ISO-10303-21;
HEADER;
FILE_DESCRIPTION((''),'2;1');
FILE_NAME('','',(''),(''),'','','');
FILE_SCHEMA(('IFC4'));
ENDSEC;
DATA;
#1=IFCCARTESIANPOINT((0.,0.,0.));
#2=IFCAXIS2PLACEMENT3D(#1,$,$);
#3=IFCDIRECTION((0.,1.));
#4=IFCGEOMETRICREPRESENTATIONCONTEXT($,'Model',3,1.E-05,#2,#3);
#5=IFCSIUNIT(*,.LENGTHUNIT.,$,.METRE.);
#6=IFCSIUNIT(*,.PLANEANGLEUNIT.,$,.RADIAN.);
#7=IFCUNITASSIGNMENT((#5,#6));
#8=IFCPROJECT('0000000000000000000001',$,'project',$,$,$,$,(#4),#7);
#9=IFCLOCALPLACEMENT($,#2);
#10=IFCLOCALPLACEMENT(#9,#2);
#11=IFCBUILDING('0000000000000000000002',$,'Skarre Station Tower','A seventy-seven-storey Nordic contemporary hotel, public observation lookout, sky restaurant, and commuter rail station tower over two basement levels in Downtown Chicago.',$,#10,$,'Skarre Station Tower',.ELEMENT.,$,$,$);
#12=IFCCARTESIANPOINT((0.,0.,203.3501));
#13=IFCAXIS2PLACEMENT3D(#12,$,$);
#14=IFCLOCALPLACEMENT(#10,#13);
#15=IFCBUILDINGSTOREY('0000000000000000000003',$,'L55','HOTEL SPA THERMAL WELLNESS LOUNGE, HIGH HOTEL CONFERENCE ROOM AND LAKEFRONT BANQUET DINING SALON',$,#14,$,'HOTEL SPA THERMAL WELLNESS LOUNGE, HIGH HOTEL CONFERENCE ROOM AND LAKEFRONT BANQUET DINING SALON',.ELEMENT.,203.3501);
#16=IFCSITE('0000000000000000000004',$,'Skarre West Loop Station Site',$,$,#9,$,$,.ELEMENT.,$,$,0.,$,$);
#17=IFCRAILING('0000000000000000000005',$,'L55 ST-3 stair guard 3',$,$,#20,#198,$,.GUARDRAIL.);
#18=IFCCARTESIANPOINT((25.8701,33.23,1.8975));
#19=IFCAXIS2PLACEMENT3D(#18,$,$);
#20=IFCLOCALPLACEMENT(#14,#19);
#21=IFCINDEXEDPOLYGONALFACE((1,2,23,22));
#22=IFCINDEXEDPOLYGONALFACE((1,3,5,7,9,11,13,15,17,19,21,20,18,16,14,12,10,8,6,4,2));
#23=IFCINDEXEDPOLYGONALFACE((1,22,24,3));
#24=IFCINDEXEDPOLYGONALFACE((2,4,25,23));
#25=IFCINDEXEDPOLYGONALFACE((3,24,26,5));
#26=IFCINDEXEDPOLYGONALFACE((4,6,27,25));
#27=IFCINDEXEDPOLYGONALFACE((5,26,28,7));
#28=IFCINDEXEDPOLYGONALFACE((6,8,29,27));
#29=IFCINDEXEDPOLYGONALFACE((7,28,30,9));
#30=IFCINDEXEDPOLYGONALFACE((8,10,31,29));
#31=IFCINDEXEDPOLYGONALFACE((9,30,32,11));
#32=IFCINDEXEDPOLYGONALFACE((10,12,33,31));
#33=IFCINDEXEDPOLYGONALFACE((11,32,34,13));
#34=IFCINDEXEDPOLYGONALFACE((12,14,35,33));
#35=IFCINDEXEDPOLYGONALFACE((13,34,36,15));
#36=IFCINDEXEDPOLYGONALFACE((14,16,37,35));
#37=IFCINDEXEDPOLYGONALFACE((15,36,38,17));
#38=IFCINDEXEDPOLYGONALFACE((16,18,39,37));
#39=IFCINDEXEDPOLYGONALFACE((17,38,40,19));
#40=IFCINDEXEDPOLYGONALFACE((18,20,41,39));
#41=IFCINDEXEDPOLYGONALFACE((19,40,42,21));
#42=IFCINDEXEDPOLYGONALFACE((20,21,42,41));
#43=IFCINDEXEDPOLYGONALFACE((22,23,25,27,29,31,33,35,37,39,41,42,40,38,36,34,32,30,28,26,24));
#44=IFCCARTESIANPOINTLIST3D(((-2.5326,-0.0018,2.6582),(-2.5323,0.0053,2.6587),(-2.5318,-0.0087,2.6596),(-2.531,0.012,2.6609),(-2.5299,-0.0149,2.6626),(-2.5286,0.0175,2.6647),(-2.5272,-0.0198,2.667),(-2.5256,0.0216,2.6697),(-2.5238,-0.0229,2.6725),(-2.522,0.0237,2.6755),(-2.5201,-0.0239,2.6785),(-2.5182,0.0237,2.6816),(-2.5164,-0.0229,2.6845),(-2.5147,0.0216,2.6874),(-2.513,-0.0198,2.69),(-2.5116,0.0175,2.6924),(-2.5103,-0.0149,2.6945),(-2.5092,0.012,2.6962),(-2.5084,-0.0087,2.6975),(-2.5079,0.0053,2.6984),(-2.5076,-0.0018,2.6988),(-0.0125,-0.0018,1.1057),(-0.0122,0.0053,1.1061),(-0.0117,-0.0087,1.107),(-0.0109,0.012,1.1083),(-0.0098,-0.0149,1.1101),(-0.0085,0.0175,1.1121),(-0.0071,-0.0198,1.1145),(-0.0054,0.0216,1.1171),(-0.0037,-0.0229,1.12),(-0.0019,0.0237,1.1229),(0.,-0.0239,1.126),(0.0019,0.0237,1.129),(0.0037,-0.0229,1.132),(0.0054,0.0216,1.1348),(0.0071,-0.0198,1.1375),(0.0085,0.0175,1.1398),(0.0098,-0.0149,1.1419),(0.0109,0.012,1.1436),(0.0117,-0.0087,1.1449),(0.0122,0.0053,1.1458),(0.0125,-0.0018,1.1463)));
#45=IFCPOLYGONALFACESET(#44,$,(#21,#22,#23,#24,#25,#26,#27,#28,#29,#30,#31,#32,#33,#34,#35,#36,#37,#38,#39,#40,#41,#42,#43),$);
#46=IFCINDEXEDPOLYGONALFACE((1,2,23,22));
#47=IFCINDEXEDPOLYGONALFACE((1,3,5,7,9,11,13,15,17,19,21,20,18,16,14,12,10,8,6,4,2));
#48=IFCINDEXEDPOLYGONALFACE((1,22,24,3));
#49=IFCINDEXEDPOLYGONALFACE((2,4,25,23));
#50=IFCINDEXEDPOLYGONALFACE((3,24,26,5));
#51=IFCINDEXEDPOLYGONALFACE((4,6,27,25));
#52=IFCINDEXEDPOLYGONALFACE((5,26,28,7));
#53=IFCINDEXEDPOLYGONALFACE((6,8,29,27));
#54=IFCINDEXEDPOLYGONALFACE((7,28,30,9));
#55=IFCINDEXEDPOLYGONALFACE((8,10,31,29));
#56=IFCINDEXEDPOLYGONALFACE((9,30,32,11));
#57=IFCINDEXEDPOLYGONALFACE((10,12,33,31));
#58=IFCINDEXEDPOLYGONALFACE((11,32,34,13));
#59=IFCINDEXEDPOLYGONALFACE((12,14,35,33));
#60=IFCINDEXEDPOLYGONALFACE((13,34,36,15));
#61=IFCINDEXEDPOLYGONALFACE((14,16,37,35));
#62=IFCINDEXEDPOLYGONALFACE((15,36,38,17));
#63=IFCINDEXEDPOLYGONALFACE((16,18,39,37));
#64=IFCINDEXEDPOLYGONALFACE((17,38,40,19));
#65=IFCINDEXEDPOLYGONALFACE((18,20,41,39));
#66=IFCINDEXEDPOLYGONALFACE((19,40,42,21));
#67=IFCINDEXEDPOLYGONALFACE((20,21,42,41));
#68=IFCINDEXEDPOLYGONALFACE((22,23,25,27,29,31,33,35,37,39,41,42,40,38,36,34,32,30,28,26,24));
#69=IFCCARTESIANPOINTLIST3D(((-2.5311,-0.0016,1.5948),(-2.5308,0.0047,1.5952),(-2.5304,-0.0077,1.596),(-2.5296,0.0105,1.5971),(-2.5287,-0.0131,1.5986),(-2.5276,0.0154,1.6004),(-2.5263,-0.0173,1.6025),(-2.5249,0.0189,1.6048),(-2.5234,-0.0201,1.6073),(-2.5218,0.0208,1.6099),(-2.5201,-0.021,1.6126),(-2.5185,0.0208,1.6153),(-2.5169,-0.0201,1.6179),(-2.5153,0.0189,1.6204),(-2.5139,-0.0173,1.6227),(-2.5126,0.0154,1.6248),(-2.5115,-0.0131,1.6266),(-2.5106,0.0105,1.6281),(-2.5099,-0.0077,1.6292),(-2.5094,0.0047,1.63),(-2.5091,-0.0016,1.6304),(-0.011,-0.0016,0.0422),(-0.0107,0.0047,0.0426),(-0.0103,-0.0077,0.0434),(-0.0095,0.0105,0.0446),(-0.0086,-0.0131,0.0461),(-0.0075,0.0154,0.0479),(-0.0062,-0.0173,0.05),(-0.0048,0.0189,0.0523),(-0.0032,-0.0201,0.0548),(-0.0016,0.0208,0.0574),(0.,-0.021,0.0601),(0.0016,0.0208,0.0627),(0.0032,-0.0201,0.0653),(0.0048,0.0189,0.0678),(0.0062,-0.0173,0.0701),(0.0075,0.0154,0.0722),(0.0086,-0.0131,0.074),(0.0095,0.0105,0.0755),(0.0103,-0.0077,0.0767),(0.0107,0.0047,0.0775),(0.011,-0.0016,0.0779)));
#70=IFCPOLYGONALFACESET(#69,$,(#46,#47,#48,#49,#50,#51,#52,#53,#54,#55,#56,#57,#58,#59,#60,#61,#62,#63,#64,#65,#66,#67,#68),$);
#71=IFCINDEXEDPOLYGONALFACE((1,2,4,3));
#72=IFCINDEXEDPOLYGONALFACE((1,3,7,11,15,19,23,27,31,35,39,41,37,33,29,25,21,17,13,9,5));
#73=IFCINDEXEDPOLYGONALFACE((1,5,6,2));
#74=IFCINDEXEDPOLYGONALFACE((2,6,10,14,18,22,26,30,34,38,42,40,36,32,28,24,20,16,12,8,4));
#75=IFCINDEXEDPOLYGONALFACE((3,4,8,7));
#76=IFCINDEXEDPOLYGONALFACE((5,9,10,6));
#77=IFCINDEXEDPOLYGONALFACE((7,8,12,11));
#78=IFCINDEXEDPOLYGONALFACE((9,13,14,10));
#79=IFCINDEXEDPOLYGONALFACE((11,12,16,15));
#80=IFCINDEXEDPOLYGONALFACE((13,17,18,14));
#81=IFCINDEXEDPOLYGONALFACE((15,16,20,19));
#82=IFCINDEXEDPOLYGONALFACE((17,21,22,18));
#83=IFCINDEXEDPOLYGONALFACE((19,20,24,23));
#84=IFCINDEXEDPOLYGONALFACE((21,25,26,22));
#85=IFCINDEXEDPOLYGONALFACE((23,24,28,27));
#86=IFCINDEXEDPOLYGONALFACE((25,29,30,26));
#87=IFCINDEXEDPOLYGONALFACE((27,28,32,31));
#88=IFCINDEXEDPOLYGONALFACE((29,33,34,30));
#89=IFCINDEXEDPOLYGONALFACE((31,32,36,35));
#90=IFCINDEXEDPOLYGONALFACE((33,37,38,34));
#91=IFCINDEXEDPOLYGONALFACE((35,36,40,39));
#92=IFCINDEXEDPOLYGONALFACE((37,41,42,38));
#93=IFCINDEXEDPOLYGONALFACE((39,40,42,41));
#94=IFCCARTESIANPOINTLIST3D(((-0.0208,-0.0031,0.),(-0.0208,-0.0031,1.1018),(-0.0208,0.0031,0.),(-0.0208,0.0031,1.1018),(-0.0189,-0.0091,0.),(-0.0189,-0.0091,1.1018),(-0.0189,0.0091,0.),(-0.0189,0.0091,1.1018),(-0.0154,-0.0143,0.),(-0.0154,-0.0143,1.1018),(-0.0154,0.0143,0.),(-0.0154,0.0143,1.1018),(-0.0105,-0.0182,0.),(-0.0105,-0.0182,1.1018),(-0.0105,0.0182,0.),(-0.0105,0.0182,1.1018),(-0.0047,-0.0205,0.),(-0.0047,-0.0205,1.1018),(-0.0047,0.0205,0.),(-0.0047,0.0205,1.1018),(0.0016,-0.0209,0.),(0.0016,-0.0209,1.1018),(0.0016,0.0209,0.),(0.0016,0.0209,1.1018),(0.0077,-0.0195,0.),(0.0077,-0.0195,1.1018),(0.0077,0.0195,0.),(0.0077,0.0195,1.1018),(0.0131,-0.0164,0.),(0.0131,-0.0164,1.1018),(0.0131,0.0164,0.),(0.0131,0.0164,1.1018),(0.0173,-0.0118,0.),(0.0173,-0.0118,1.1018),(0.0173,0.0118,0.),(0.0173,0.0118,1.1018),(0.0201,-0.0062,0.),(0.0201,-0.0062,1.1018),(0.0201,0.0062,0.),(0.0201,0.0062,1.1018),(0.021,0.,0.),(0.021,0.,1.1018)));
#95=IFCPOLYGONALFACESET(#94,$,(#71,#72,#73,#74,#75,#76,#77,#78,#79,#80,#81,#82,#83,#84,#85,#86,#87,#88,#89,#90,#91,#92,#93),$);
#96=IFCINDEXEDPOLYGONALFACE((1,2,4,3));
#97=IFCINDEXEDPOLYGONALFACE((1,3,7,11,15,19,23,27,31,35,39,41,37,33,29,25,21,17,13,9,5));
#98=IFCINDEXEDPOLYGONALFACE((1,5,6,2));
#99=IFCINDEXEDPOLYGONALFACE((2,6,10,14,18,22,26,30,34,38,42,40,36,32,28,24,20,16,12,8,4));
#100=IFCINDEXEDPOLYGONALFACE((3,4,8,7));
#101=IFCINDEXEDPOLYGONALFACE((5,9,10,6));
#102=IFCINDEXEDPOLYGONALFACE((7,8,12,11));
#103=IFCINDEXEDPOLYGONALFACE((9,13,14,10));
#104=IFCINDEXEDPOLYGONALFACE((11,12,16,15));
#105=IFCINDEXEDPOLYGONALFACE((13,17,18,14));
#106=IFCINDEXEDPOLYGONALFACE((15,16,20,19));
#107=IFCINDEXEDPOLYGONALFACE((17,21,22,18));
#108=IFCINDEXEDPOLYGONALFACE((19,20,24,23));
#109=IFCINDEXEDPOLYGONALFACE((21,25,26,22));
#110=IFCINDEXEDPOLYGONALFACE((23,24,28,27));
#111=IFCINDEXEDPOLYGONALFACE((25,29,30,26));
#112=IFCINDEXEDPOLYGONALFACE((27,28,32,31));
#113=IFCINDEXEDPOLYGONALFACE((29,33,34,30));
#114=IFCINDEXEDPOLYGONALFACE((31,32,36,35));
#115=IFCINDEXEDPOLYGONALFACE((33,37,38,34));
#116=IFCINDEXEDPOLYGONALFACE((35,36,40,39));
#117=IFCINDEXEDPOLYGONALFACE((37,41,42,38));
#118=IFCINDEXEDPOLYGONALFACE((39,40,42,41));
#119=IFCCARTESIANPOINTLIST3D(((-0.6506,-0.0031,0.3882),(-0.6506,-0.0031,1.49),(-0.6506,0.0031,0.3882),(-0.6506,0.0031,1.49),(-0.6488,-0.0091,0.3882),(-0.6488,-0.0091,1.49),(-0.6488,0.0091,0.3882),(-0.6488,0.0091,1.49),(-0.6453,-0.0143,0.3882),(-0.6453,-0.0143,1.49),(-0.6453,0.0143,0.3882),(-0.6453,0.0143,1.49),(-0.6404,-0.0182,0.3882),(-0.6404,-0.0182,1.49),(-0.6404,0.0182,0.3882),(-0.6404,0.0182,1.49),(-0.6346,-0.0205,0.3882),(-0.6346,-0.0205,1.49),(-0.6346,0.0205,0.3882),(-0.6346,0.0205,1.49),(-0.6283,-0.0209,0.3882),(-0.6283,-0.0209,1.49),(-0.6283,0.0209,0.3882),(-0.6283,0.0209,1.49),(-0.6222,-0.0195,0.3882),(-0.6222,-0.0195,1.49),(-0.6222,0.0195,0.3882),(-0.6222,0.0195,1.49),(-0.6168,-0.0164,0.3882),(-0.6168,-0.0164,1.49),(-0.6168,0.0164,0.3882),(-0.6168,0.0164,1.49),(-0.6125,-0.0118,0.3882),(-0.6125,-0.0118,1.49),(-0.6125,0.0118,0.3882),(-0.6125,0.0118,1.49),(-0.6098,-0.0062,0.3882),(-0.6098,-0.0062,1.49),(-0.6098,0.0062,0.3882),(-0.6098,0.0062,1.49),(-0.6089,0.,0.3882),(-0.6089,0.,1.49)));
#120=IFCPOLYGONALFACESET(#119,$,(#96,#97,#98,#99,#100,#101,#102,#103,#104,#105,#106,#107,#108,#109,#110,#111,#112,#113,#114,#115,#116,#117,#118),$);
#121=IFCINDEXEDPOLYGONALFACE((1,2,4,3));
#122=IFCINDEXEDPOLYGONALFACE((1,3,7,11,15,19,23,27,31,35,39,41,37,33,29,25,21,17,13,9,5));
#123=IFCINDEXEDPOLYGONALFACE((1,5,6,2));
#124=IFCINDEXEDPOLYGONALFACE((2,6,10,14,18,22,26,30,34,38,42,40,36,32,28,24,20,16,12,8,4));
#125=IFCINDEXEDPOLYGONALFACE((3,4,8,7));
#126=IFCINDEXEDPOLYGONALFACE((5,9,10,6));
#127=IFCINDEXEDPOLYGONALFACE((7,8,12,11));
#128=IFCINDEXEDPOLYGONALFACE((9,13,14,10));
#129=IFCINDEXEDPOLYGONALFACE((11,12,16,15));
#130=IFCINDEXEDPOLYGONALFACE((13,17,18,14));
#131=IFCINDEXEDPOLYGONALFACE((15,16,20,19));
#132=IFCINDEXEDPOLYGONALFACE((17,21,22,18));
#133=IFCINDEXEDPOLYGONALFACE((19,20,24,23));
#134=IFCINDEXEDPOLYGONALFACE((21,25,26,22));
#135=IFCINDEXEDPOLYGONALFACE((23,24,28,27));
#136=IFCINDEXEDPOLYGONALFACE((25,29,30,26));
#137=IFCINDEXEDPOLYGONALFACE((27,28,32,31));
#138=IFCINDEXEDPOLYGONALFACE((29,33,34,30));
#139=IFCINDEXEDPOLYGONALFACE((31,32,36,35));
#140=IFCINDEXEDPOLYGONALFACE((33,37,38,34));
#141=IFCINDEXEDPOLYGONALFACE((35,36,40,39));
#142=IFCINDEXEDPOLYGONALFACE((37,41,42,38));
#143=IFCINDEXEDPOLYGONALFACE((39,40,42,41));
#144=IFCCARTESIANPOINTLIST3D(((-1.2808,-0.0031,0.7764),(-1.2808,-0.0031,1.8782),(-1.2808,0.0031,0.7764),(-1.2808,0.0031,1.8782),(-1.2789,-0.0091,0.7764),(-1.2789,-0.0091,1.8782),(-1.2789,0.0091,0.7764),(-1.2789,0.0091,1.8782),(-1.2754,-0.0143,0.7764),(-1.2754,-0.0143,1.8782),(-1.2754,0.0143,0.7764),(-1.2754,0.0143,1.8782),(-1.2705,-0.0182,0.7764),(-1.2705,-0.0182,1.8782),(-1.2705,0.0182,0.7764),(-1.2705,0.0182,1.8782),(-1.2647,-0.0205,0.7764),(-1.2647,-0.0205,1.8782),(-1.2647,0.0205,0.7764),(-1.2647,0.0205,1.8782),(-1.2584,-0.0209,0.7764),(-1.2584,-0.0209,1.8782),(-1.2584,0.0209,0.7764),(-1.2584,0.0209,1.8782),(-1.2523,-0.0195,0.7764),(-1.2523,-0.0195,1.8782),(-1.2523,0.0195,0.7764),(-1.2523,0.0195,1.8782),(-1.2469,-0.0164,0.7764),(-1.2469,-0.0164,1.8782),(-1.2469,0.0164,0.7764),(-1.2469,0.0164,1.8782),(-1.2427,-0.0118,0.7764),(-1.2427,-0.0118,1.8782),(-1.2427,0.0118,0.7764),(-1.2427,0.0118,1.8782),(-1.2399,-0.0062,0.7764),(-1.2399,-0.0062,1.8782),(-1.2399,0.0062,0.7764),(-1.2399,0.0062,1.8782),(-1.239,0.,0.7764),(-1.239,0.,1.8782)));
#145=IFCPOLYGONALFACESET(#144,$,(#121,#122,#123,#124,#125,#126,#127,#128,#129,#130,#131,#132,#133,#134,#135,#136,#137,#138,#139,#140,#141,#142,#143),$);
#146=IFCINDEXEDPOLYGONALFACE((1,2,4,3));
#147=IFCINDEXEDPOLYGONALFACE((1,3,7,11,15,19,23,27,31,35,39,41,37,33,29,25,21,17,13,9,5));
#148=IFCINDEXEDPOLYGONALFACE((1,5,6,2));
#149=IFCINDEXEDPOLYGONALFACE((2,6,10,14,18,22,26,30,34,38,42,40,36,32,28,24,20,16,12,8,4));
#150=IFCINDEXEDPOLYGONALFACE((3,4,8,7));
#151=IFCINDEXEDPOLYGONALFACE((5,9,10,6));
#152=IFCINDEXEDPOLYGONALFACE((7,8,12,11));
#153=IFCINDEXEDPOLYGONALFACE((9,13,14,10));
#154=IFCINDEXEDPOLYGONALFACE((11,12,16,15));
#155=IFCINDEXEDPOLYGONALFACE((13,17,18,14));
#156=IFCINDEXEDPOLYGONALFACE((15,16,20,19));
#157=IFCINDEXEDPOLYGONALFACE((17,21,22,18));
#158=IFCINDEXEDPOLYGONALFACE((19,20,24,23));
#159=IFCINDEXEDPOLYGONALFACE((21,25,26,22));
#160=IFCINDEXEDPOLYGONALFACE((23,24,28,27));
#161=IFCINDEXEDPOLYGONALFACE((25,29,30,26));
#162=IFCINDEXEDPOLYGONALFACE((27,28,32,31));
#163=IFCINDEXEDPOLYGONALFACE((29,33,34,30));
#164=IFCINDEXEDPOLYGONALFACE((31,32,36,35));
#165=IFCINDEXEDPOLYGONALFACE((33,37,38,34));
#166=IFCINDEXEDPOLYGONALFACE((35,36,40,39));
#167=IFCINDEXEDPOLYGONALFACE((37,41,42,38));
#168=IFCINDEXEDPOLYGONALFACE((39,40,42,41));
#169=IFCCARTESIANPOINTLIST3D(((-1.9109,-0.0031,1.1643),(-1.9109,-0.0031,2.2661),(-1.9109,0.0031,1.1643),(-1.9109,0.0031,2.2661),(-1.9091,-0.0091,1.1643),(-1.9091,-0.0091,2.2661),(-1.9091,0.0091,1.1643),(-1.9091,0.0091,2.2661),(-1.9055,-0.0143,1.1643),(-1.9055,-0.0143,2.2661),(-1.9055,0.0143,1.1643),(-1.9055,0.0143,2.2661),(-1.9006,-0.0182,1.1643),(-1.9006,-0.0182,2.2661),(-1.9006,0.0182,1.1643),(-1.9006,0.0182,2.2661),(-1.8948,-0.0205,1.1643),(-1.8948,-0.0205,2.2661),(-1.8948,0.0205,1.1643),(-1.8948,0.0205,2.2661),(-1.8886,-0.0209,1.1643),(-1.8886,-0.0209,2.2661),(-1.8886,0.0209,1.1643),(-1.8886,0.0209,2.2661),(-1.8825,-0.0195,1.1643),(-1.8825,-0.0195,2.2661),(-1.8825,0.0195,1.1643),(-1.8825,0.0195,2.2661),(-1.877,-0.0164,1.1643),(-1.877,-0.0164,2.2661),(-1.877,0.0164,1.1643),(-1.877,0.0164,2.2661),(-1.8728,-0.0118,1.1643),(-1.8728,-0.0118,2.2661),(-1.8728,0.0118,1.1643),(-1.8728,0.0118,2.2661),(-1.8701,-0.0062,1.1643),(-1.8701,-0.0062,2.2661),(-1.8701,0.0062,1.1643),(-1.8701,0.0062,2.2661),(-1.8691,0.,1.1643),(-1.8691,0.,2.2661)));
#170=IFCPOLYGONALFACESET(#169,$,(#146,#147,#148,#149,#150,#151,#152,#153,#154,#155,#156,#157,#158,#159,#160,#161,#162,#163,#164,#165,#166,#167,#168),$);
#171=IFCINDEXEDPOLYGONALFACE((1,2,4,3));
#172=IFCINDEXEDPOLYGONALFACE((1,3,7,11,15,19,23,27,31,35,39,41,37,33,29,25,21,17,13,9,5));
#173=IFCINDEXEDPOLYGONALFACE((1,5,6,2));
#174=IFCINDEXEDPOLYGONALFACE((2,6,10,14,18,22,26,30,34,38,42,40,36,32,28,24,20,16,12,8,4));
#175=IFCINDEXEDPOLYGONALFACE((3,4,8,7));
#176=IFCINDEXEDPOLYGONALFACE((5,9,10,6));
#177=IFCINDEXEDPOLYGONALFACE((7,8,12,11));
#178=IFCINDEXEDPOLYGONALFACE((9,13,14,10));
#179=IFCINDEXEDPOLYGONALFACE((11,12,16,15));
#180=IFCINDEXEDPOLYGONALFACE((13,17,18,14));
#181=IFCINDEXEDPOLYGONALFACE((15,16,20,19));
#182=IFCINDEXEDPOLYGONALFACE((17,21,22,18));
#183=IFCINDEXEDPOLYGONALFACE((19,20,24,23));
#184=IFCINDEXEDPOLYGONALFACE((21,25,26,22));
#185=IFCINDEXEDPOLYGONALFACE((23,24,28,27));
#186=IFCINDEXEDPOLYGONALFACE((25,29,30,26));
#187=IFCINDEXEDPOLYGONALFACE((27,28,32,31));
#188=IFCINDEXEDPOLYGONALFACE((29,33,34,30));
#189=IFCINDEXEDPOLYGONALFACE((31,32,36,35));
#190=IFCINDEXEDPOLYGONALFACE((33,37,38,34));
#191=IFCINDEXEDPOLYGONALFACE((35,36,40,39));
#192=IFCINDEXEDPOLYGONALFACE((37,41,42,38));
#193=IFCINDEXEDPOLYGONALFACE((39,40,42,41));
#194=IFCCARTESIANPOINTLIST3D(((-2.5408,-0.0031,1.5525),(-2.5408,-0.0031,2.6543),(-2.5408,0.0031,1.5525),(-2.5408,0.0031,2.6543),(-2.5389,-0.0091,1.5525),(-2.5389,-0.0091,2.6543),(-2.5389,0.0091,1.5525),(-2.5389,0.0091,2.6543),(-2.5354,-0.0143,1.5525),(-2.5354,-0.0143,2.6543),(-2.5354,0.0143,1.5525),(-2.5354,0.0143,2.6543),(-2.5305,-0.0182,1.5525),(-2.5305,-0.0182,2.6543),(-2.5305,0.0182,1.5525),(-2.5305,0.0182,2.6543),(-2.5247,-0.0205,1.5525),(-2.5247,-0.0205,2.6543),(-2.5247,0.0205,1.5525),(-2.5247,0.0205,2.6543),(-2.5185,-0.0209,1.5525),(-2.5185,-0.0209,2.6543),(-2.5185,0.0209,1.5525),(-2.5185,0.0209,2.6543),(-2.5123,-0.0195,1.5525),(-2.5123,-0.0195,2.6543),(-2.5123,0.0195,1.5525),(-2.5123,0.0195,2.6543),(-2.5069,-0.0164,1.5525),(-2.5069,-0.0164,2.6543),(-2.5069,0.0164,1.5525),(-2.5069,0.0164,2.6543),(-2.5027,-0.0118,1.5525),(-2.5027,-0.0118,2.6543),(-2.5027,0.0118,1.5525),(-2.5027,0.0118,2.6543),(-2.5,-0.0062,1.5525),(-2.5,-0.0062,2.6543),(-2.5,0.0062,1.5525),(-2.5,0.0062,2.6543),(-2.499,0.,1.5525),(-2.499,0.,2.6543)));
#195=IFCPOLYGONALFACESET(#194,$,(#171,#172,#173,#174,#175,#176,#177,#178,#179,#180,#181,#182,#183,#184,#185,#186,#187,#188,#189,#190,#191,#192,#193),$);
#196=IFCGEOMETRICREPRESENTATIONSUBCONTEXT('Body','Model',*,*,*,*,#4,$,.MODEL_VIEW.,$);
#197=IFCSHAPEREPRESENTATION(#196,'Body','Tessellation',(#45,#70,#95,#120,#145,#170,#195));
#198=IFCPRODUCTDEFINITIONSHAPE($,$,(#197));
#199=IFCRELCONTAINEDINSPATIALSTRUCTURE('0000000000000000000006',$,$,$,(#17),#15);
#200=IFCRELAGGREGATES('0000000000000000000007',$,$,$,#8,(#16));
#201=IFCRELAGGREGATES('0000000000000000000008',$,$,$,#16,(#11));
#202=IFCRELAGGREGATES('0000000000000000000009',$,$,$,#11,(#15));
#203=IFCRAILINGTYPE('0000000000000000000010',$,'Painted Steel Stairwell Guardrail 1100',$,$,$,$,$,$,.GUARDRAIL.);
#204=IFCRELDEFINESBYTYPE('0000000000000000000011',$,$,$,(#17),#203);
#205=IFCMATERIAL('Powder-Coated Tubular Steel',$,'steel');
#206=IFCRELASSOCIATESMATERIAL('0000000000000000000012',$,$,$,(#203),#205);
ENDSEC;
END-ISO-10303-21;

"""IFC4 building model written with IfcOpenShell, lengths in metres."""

from ifc_helpers import new_model, si_unit, direction, frame, origin, origin_2d, place, context, subcontext, project, spatial, circle, extrude, material, type_object, element, save


model = new_model("IFC4")

# Units and contexts
model_context = context("Model", 3, precision=1e-05, world=origin(), true_north=direction((0.0, 1.0)))
body_context = subcontext(model_context, "Body", "Model", "MODEL_VIEW")
ifc_project = project(units=[si_unit("LENGTHUNIT", "METRE"), si_unit("PLANEANGLEUNIT", "RADIAN")], contexts=[model_context])

# Site, building, storey
site_placement = place(None, origin())
site = spatial("IfcSite", under=ifc_project, at=site_placement, Name="Skarre West Loop Station Site", CompositionType="ELEMENT", RefElevation=0.0)
building_placement = place(site_placement, origin())
building = spatial("IfcBuilding", under=site, at=building_placement, Name="Skarre Station Tower", Description="A seventy-seven-storey Nordic contemporary hotel, public observation lookout, sky restaurant, and commuter rail station tower over two basement levels in Downtown Chicago.", LongName="Skarre Station Tower", CompositionType="ELEMENT")
storey_placement = place(building_placement, frame((0.0, 0.0, 203.3501)))
storey = spatial("IfcBuildingStorey", under=building, at=storey_placement, Name="L55", Description="HOTEL SPA THERMAL WELLNESS LOUNGE, HIGH HOTEL CONFERENCE ROOM AND LAKEFRONT BANQUET DINING SALON", LongName="HOTEL SPA THERMAL WELLNESS LOUNGE, HIGH HOTEL CONFERENCE ROOM AND LAKEFRONT BANQUET DINING SALON", CompositionType="ELEMENT", Elevation=203.3501)

# Railing
ifc_material_1 = material(Name="Powder-Coated Tubular Steel", Category="steel")
railing_type_1 = type_object("IfcRailingType", Name="Painted Steel Stairwell Guardrail 1100", PredefinedType="GUARDRAIL", material=ifc_material_1)
railing_1_placement = place(storey_placement, frame((25.8701, 33.23, 1.8975)))
element("IfcRailing", 1, at=railing_1_placement, inside=storey, type_object=railing_type_1, Name="L55 ST-3 stair guard 3", PredefinedType="GUARDRAIL", context=body_context, shape_type="SweptSolid", body=[
    extrude(circle(Radius=0.0239, at=origin_2d()), frame((0.0, 0.0, 1.126), z_axis=(-0.8514, 0.0, 0.524516), x_axis=(0.0, -1.0, 0.0)), (0.0, 0.0, 1.0), 2.96),
    extrude(circle(Radius=0.021, at=origin_2d()), frame((0.0, 0.0, 0.0601), z_axis=(-0.8514, 0.0, 0.524516), x_axis=(0.0, -1.0, 0.0)), (0.0, 0.0, 1.0), 2.96),
    extrude(circle(Radius=0.021, at=origin_2d()), origin(), (0.0, 0.0, 1.0), 1.1018),
    extrude(circle(Radius=0.021, at=origin_2d()), frame((-0.6299, 0.0, 0.3882)), (0.0, 0.0, 1.0), 1.1018),
    extrude(circle(Radius=0.021, at=origin_2d()), frame((-1.26, 0.0, 0.7764)), (0.0, 0.0, 1.0), 1.1018),
    extrude(circle(Radius=0.021, at=origin_2d()), frame((-1.8901, 0.0, 1.1643)), (0.0, 0.0, 1.0), 1.1018),
    extrude(circle(Radius=0.021, at=origin_2d()), frame((-2.52, 0.0, 1.5525)), (0.0, 0.0, 1.0), 1.1018),
])

save(model, "model.ifc")
